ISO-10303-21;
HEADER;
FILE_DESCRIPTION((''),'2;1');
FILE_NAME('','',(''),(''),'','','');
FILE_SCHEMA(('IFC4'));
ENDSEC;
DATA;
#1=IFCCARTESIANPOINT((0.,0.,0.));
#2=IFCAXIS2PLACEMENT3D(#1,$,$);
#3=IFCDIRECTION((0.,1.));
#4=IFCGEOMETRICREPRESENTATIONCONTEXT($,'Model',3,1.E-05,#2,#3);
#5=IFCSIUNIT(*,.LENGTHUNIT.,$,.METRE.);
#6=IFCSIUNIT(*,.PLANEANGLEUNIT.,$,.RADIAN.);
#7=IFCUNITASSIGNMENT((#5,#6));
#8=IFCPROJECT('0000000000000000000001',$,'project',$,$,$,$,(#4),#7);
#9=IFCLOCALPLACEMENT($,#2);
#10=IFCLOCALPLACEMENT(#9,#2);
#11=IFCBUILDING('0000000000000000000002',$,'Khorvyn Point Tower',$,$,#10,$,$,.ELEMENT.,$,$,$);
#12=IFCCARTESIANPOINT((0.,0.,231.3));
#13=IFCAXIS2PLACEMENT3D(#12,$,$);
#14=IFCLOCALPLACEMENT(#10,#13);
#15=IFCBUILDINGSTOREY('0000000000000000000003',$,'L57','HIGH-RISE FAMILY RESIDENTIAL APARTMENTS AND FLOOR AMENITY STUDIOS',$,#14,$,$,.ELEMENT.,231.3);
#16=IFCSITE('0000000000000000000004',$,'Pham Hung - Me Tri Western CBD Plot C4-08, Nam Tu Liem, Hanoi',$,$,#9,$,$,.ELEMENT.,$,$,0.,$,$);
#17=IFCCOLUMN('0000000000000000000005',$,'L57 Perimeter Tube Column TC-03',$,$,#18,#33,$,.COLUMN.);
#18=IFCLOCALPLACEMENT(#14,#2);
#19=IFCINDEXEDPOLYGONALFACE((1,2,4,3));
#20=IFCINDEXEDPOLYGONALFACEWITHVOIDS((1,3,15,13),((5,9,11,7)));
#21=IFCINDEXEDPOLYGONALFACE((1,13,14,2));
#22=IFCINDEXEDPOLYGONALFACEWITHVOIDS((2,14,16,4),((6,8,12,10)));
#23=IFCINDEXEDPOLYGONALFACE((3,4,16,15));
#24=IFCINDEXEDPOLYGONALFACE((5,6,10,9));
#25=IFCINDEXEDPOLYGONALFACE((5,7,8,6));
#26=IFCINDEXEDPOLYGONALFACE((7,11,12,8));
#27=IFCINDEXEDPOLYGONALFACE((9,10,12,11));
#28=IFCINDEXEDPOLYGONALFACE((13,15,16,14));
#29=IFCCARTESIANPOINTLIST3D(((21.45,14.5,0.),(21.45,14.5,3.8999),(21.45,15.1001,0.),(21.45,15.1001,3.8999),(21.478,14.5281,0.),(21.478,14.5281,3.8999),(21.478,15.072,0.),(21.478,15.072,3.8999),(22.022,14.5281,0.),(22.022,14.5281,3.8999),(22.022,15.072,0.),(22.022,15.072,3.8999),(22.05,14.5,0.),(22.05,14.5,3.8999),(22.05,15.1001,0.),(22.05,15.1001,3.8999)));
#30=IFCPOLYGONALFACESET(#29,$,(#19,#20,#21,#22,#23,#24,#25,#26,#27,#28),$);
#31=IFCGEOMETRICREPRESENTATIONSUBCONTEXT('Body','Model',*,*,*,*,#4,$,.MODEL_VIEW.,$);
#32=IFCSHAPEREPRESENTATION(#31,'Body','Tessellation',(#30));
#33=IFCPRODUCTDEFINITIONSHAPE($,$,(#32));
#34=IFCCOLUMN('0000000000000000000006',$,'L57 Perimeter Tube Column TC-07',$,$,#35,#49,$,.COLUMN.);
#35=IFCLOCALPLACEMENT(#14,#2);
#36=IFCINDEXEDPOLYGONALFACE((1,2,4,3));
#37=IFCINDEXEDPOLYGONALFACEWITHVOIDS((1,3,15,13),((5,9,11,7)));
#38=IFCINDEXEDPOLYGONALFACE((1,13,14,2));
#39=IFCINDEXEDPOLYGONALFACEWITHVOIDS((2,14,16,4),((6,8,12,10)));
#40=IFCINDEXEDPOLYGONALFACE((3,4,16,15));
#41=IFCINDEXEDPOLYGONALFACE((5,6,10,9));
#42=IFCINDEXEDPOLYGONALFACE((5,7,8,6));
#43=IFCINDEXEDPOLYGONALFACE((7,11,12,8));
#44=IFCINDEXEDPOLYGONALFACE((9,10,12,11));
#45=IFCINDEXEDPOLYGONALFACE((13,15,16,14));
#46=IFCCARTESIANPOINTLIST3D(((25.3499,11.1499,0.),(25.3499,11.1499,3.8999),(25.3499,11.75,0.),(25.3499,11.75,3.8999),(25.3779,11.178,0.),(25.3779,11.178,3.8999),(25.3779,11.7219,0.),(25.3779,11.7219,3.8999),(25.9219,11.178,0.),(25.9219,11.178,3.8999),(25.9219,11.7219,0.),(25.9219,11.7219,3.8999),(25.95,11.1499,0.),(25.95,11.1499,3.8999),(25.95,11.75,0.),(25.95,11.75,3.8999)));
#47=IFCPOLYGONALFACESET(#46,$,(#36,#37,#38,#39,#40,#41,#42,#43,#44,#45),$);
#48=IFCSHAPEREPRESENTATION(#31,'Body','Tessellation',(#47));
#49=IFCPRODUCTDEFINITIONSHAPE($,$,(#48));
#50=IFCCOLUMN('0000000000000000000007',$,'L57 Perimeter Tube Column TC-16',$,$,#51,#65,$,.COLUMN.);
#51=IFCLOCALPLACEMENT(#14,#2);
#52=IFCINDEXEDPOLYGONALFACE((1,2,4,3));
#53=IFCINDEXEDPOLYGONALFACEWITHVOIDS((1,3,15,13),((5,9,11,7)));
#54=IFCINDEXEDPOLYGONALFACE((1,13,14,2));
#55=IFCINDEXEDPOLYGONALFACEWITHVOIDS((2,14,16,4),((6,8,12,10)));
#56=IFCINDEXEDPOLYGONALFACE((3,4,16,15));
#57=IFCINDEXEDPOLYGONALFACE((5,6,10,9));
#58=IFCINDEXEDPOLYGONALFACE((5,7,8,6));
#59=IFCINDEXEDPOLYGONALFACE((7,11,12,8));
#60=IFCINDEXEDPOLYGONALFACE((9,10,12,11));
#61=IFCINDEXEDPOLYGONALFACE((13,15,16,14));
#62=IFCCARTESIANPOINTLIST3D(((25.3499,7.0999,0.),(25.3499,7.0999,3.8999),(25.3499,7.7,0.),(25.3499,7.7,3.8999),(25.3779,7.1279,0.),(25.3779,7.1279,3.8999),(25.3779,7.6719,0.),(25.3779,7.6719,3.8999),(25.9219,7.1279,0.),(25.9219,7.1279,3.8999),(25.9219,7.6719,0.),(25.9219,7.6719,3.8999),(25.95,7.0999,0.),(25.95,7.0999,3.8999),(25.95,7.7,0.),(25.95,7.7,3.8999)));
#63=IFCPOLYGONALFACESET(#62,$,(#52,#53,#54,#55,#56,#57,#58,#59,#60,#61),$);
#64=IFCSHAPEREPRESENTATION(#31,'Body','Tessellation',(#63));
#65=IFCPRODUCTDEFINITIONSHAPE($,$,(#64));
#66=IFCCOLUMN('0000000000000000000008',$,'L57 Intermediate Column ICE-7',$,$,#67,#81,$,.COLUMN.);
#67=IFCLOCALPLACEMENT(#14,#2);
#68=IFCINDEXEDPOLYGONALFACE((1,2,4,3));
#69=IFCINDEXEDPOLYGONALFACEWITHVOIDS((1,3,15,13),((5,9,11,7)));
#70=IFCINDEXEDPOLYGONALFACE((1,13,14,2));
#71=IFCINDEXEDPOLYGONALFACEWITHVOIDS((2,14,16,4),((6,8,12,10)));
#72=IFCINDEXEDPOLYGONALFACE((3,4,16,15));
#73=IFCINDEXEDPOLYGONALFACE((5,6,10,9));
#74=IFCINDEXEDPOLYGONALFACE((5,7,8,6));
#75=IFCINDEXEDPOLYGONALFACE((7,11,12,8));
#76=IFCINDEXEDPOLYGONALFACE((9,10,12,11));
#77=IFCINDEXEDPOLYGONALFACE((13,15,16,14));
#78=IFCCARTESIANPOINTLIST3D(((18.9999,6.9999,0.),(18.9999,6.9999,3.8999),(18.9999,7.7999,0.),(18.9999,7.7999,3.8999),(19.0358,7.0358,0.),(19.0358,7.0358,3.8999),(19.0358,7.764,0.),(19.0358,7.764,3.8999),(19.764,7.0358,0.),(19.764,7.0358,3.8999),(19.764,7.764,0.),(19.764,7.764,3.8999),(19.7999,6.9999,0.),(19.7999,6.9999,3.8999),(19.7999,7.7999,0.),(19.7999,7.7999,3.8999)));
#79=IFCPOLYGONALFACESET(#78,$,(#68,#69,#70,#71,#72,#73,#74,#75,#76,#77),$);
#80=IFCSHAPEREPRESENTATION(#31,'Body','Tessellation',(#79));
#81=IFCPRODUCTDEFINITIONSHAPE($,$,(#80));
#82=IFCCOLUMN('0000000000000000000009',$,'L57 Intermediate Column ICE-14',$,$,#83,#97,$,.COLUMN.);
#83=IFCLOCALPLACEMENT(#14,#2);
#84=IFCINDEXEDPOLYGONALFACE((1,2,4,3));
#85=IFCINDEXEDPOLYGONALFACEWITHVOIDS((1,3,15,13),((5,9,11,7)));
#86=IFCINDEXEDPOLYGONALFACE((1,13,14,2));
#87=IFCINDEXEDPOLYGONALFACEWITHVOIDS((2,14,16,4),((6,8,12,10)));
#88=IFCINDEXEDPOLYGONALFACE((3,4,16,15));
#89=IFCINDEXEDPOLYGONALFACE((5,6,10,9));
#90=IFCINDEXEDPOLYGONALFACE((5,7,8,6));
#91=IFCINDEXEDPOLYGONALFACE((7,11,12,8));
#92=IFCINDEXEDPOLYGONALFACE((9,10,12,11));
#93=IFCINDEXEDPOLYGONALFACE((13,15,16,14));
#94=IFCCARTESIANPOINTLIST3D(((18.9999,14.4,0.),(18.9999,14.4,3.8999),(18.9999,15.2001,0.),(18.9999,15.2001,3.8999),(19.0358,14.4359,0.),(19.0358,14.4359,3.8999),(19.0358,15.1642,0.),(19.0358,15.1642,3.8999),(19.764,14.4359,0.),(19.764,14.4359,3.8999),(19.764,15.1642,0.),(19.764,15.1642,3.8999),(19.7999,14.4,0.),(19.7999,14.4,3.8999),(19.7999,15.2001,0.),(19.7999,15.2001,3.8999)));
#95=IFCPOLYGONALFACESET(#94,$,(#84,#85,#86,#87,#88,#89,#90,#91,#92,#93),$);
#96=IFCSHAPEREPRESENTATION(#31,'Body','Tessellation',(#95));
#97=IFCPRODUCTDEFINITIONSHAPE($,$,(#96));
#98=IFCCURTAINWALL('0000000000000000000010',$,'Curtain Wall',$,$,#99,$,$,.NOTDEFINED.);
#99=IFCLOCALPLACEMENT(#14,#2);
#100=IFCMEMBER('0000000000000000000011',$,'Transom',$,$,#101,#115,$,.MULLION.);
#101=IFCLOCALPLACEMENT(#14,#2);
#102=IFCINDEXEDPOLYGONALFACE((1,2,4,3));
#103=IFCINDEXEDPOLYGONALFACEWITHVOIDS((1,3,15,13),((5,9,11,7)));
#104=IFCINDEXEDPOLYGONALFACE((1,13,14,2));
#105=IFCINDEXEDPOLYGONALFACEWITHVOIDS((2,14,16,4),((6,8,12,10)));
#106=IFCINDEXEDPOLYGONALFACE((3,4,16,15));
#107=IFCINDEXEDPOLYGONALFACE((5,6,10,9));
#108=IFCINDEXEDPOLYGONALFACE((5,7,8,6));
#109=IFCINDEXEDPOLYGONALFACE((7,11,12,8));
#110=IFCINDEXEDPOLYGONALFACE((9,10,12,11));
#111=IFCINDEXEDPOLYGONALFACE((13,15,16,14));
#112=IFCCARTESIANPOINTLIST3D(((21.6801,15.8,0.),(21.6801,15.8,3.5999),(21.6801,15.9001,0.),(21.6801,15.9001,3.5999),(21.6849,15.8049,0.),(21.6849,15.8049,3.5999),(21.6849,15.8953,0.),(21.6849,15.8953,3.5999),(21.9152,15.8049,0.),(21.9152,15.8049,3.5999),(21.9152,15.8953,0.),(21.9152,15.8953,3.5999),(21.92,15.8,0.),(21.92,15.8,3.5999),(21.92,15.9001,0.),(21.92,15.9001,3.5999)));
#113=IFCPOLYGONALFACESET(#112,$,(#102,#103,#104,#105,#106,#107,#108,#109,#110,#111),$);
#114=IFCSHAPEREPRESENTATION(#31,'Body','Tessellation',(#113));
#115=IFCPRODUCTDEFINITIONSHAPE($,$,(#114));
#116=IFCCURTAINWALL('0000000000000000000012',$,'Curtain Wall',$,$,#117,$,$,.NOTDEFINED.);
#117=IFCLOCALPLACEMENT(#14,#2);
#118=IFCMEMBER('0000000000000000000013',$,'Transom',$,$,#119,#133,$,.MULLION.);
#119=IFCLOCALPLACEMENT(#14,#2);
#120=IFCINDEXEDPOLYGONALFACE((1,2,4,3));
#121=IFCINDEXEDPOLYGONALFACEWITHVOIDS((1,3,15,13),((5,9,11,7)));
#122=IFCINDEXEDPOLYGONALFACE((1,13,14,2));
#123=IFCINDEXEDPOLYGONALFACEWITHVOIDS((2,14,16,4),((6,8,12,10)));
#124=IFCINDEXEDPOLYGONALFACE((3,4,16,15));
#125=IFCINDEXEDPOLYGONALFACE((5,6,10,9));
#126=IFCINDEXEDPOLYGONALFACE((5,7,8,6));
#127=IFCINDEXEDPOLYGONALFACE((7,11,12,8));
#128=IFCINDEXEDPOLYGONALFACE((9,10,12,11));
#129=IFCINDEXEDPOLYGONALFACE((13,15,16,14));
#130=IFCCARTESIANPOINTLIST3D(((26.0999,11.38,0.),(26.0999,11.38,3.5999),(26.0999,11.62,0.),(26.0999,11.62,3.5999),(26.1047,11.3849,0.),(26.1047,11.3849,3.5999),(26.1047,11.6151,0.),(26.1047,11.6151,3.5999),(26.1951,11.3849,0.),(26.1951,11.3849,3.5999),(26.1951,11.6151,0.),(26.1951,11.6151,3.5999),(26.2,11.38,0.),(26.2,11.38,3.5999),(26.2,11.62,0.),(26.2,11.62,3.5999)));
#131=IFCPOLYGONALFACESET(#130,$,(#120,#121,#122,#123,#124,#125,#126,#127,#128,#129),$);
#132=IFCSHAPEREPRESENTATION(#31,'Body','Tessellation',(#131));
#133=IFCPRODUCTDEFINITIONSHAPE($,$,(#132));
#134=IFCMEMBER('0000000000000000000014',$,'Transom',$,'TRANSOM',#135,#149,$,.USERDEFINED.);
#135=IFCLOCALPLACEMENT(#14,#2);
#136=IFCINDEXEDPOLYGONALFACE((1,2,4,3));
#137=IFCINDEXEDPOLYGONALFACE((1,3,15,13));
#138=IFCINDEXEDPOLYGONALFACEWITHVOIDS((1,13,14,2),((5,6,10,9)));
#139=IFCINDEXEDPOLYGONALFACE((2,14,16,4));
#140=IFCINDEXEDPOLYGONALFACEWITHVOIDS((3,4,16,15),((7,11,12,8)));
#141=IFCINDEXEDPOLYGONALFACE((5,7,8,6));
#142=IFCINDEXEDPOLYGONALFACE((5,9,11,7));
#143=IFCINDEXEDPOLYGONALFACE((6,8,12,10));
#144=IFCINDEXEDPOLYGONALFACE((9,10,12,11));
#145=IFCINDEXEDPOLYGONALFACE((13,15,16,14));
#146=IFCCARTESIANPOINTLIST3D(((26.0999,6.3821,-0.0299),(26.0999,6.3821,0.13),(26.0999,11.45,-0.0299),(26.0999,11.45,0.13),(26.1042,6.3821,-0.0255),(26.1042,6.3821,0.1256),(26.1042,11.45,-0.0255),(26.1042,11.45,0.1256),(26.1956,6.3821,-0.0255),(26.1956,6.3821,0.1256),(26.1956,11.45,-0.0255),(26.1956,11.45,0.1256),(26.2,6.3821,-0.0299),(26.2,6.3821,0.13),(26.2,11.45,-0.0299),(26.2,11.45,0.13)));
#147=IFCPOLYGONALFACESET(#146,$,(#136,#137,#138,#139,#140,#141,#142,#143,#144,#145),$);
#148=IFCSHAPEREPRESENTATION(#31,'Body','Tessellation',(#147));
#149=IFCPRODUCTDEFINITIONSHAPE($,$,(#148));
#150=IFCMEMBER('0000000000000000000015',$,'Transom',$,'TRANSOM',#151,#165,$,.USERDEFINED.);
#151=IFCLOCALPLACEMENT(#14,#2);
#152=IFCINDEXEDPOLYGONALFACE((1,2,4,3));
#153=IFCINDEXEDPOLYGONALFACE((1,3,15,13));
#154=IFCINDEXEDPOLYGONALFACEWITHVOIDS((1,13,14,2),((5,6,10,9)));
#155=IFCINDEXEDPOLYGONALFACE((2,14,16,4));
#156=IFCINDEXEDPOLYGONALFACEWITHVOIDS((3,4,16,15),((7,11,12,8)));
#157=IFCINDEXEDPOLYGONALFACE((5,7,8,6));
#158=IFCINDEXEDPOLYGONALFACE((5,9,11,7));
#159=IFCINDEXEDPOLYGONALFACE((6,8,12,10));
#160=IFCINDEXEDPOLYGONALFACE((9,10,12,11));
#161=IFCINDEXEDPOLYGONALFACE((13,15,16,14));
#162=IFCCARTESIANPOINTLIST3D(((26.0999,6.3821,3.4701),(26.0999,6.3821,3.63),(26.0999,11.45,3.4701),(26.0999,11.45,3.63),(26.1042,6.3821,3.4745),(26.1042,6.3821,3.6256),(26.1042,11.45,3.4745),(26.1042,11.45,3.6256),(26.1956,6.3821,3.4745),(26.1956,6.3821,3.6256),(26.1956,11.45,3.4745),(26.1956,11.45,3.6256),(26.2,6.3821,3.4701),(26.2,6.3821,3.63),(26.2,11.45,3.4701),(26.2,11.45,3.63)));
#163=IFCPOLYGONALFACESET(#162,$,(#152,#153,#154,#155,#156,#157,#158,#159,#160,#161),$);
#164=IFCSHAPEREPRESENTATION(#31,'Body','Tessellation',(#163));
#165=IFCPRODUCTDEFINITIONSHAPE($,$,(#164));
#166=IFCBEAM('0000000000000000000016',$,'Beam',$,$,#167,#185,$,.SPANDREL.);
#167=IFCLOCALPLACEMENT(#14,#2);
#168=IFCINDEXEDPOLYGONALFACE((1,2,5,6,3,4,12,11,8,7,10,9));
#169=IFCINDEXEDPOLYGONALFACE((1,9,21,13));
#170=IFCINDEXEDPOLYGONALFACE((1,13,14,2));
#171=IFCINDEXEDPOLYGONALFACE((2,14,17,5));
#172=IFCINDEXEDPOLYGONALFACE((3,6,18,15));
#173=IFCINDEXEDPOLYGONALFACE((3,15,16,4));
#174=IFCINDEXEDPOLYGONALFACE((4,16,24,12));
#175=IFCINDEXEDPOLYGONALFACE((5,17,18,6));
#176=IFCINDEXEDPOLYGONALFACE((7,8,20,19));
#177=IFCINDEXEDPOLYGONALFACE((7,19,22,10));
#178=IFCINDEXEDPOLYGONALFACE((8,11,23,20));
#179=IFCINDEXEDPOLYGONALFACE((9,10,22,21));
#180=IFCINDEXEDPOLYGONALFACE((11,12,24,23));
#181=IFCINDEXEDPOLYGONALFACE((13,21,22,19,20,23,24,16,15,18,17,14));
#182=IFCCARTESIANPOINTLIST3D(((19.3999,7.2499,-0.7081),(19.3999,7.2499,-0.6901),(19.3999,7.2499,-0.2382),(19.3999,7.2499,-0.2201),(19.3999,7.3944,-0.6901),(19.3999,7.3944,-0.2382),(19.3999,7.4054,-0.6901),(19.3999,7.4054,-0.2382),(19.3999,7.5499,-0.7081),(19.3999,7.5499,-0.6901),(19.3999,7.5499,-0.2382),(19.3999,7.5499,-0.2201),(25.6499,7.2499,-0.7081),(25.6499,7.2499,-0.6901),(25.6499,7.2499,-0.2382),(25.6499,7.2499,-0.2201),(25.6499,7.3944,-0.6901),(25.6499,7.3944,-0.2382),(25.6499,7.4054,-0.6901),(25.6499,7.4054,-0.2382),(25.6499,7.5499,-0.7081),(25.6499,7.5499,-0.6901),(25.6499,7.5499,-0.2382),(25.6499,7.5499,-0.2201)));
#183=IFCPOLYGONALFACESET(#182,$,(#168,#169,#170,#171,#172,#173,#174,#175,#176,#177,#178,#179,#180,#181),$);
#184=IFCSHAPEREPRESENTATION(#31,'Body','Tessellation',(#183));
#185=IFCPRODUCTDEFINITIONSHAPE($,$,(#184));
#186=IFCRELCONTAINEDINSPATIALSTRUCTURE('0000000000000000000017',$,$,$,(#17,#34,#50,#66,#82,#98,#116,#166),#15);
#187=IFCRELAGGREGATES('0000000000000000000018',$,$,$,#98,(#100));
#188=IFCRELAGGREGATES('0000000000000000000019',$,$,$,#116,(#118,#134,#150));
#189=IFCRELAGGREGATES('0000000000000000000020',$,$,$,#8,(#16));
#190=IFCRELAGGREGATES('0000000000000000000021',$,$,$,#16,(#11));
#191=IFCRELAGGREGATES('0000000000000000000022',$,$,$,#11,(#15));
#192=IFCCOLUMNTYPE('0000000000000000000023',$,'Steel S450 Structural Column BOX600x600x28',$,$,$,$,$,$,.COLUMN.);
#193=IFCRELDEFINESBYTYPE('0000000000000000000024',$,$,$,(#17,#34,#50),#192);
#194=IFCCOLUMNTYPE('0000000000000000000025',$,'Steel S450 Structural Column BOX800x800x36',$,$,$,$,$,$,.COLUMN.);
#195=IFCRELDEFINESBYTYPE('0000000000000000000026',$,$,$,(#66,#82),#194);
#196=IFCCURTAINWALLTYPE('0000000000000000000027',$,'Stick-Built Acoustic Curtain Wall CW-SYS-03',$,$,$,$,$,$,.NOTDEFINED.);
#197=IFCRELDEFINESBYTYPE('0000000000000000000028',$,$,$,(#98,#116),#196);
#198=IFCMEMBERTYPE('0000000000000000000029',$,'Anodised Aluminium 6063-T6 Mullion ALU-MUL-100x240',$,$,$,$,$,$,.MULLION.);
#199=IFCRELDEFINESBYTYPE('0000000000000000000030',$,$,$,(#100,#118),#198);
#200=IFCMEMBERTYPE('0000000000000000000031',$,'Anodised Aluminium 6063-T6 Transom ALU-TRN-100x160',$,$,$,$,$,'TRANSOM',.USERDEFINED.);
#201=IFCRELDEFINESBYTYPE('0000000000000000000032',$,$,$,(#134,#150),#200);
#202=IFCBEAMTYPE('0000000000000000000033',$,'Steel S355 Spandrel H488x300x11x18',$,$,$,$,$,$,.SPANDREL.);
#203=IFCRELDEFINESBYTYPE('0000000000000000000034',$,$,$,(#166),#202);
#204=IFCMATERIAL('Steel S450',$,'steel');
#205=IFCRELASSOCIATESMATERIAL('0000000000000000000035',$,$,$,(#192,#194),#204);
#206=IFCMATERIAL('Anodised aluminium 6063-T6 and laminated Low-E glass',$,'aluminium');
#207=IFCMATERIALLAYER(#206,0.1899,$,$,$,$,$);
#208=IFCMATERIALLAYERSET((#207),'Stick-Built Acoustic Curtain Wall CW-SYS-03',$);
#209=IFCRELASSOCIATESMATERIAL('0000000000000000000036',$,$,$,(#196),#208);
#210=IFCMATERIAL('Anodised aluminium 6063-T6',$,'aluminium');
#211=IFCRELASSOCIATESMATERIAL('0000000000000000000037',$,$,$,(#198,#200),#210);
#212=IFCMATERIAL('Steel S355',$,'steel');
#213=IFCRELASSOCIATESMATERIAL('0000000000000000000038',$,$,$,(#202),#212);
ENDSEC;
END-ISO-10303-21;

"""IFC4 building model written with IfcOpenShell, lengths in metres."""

from ifc_helpers import new_model, si_unit, direction, frame, origin, origin_2d, place, context, subcontext, project, spatial, hollow_rectangle, i_section, extrude, material, layer, layer_set, material_profile, profile_set, type_object, element, aggregate, save


model = new_model("IFC4")

# Units and contexts
model_context = context("Model", 3, precision=1e-05, world=origin(), true_north=direction((0.0, 1.0)))
body_context = subcontext(model_context, "Body", "Model", "MODEL_VIEW")
ifc_project = project(units=[si_unit("LENGTHUNIT", "METRE"), si_unit("PLANEANGLEUNIT", "RADIAN")], contexts=[model_context])

# Site, building, storey
site_placement = place(None, origin())
site = spatial("IfcSite", under=ifc_project, at=site_placement, Name="Pham Hung - Me Tri Western CBD Plot C4-08, Nam Tu Liem, Hanoi", CompositionType="ELEMENT", RefElevation=0.0)
building_placement = place(site_placement, origin())
building = spatial("IfcBuilding", under=site, at=building_placement, Name="Khorvyn Point Tower", CompositionType="ELEMENT")
storey_placement = place(building_placement, frame((0.0, 0.0, 231.3)))
storey = spatial("IfcBuildingStorey", under=building, at=storey_placement, Name="L57", Description="HIGH-RISE FAMILY RESIDENTIAL APARTMENTS AND FLOOR AMENITY STUDIOS", CompositionType="ELEMENT", Elevation=231.3)

# Columns
ifc_material_1 = material(Name="Steel S450", Category="steel")
ifc_material_profile_1 = material_profile(ifc_material_1, hollow_rectangle(XDim=0.6001, YDim=0.6001, WallThickness=0.0281, at=origin_2d()))
ifc_profile_set_1 = profile_set([ifc_material_profile_1], Name="Steel S450 BOX600x600x28")
column_type_1 = type_object("IfcColumnType", Name="Steel S450 Structural Column BOX600x600x28", PredefinedType="COLUMN", material=ifc_profile_set_1)
for number, where, z_axis, x_axis, name in (
    (1, (21.75, 14.8, 0.0), (0.0, 0.0, 1.0), (1.0, 0.0, 0.0), "L57 Perimeter Tube Column TC-03"),
    (2, (25.6499, 11.45, 0.0), (0.0, 0.0, 1.0), (1.0, 0.0, 0.0), "L57 Perimeter Tube Column TC-07"),
    (3, (25.6499, 7.3999, 0.0), (0.0, 0.0, 1.0), (1.0, 0.0, 0.0), "L57 Perimeter Tube Column TC-16"),
):
    element("IfcColumn", number, at=place(storey_placement, frame(where, z_axis=z_axis, x_axis=x_axis)), inside=storey, type_object=column_type_1, Name=name, PredefinedType="COLUMN", context=body_context, shape_type="SweptSolid", body=[
        extrude(hollow_rectangle(XDim=0.6001, YDim=0.6001, WallThickness=0.0281, at=origin_2d()), origin(), (0.0, 0.0, 1.0), 3.8999),
    ])
ifc_material_profile_2 = material_profile(ifc_material_1, hollow_rectangle(XDim=0.8, YDim=0.8, WallThickness=0.0359, at=origin_2d()))
ifc_profile_set_2 = profile_set([ifc_material_profile_2], Name="Steel S450 BOX800x800x36")
column_type_2 = type_object("IfcColumnType", Name="Steel S450 Structural Column BOX800x800x36", PredefinedType="COLUMN", material=ifc_profile_set_2)
for number, where, z_axis, x_axis, name in (
    (4, (19.3999, 7.3999, 0.0), (0.0, 0.0, 1.0), (1.0, 0.0, 0.0), "L57 Intermediate Column ICE-7"),
    (5, (19.3999, 14.8, 0.0), (0.0, 0.0, 1.0), (1.0, 0.0, 0.0), "L57 Intermediate Column ICE-14"),
):
    element("IfcColumn", number, at=place(storey_placement, frame(where, z_axis=z_axis, x_axis=x_axis)), inside=storey, type_object=column_type_2, Name=name, PredefinedType="COLUMN", context=body_context, shape_type="SweptSolid", body=[
        extrude(hollow_rectangle(XDim=0.8, YDim=0.8, WallThickness=0.0359, at=origin_2d()), origin(), (0.0, 0.0, 1.0), 3.8999),
    ])

# Curtain wall, member
ifc_material_2 = material(Name="Anodised aluminium 6063-T6 and laminated Low-E glass", Category="aluminium")
ifc_layer_1 = layer(ifc_material_2, 0.1899)
ifc_layer_set_1 = layer_set([ifc_layer_1], Name="Stick-Built Acoustic Curtain Wall CW-SYS-03")
curtain_wall_type = type_object("IfcCurtainWallType", Name="Stick-Built Acoustic Curtain Wall CW-SYS-03", PredefinedType="NOTDEFINED", material=ifc_layer_set_1)
curtain_wall_1_placement = place(storey_placement, origin())
curtain_wall_1 = element("IfcCurtainWall", 6, at=curtain_wall_1_placement, inside=storey, type_object=curtain_wall_type, Name="Curtain Wall", PredefinedType="NOTDEFINED")
ifc_material_3 = material(Name="Anodised aluminium 6063-T6", Category="aluminium")
ifc_material_profile_3 = material_profile(ifc_material_3, hollow_rectangle(XDim=0.1001, YDim=0.24, WallThickness=0.0049, at=origin_2d()))
ifc_profile_set_3 = profile_set([ifc_material_profile_3], Name="Anodised aluminium 6063-T6 ALU-MUL-100x240")
member_type_1 = type_object("IfcMemberType", Name="Anodised Aluminium 6063-T6 Mullion ALU-MUL-100x240", PredefinedType="MULLION", material=ifc_profile_set_3)
member_1_placement = place(storey_placement, frame((21.8, 15.8501, 0.0), z_axis=(0.0, 0.0, 1.0), x_axis=(0.0, 1.0, 0.0)))
member_1 = element("IfcMember", 7, at=member_1_placement, type_object=member_type_1, Name="Transom", PredefinedType="MULLION", context=body_context, shape_type="SweptSolid", body=[
    extrude(hollow_rectangle(XDim=0.1001, YDim=0.24, WallThickness=0.0049, at=origin_2d()), origin(), (0.0, 0.0, 1.0), 3.5999),
])
aggregate(curtain_wall_1, [member_1])

# Curtain wall, members
curtain_wall_2_placement = place(storey_placement, origin())
curtain_wall_2 = element("IfcCurtainWall", 8, at=curtain_wall_2_placement, inside=storey, type_object=curtain_wall_type, Name="Curtain Wall", PredefinedType="NOTDEFINED")
member_2_placement = place(storey_placement, frame((26.1499, 11.5, 0.0), z_axis=(0.0, 0.0, 1.0), x_axis=(1.0, 0.0, 0.0)))
member_2 = element("IfcMember", 9, at=member_2_placement, type_object=member_type_1, Name="Transom", PredefinedType="MULLION", context=body_context, shape_type="SweptSolid", body=[
    extrude(hollow_rectangle(XDim=0.1001, YDim=0.24, WallThickness=0.0049, at=origin_2d()), origin(), (0.0, 0.0, 1.0), 3.5999),
])
ifc_material_profile_4 = material_profile(ifc_material_3, hollow_rectangle(XDim=0.1001, YDim=0.1599, WallThickness=0.0044, at=origin_2d()))
ifc_profile_set_4 = profile_set([ifc_material_profile_4], Name="Anodised aluminium 6063-T6 ALU-TRN-100x160")
member_type_2 = type_object("IfcMemberType", Name="Anodised Aluminium 6063-T6 Transom ALU-TRN-100x160", ElementType="TRANSOM", PredefinedType="USERDEFINED", material=ifc_profile_set_4)
member_3_placement = place(storey_placement, frame((26.1499, 11.45, 0.05), z_axis=(0.0, -1.0, 0.0), x_axis=(1.0, 0.0, 0.0)))
member_3 = element("IfcMember", 10, at=member_3_placement, type_object=member_type_2, Name="Transom", ObjectType="TRANSOM", PredefinedType="USERDEFINED", context=body_context, shape_type="SweptSolid", body=[
    extrude(hollow_rectangle(XDim=0.1001, YDim=0.1599, WallThickness=0.0044, at=origin_2d()), origin(), (0.0, 0.0, 1.0), 5.0679),
])
member_4_placement = place(storey_placement, frame((26.1499, 11.45, 3.55), z_axis=(0.0, -1.0, 0.0), x_axis=(1.0, 0.0, 0.0)))
member_4 = element("IfcMember", 11, at=member_4_placement, type_object=member_type_2, Name="Transom", ObjectType="TRANSOM", PredefinedType="USERDEFINED", context=body_context, shape_type="SweptSolid", body=[
    extrude(hollow_rectangle(XDim=0.1001, YDim=0.1599, WallThickness=0.0044, at=origin_2d()), origin(), (0.0, 0.0, 1.0), 5.0679),
])

# Beam
ifc_material_4 = material(Name="Steel S355", Category="steel")
ifc_material_profile_5 = material_profile(ifc_material_4, i_section(OverallWidth=0.3, OverallDepth=0.488, WebThickness=0.011, FlangeThickness=0.0181, at=origin_2d()))
ifc_profile_set_5 = profile_set([ifc_material_profile_5], Name="Steel S355 H488x300x11x18")
beam_type_1 = type_object("IfcBeamType", Name="Steel S355 Spandrel H488x300x11x18", PredefinedType="SPANDREL", material=ifc_profile_set_5)
beam_1_placement = place(storey_placement, frame((19.3999, 7.3999, -0.4641), z_axis=(1.0, 0.0, 0.0), x_axis=(0.0, 1.0, 0.0)))
element("IfcBeam", 12, at=beam_1_placement, inside=storey, type_object=beam_type_1, Name="Beam", PredefinedType="SPANDREL", context=body_context, shape_type="SweptSolid", body=[
    extrude(i_section(OverallWidth=0.3, OverallDepth=0.488, WebThickness=0.011, FlangeThickness=0.0181, at=origin_2d()), origin(), (0.0, 0.0, 1.0), 6.25),
])

aggregate(curtain_wall_2, [member_2, member_3, member_4])

save(model, "model.ifc")
